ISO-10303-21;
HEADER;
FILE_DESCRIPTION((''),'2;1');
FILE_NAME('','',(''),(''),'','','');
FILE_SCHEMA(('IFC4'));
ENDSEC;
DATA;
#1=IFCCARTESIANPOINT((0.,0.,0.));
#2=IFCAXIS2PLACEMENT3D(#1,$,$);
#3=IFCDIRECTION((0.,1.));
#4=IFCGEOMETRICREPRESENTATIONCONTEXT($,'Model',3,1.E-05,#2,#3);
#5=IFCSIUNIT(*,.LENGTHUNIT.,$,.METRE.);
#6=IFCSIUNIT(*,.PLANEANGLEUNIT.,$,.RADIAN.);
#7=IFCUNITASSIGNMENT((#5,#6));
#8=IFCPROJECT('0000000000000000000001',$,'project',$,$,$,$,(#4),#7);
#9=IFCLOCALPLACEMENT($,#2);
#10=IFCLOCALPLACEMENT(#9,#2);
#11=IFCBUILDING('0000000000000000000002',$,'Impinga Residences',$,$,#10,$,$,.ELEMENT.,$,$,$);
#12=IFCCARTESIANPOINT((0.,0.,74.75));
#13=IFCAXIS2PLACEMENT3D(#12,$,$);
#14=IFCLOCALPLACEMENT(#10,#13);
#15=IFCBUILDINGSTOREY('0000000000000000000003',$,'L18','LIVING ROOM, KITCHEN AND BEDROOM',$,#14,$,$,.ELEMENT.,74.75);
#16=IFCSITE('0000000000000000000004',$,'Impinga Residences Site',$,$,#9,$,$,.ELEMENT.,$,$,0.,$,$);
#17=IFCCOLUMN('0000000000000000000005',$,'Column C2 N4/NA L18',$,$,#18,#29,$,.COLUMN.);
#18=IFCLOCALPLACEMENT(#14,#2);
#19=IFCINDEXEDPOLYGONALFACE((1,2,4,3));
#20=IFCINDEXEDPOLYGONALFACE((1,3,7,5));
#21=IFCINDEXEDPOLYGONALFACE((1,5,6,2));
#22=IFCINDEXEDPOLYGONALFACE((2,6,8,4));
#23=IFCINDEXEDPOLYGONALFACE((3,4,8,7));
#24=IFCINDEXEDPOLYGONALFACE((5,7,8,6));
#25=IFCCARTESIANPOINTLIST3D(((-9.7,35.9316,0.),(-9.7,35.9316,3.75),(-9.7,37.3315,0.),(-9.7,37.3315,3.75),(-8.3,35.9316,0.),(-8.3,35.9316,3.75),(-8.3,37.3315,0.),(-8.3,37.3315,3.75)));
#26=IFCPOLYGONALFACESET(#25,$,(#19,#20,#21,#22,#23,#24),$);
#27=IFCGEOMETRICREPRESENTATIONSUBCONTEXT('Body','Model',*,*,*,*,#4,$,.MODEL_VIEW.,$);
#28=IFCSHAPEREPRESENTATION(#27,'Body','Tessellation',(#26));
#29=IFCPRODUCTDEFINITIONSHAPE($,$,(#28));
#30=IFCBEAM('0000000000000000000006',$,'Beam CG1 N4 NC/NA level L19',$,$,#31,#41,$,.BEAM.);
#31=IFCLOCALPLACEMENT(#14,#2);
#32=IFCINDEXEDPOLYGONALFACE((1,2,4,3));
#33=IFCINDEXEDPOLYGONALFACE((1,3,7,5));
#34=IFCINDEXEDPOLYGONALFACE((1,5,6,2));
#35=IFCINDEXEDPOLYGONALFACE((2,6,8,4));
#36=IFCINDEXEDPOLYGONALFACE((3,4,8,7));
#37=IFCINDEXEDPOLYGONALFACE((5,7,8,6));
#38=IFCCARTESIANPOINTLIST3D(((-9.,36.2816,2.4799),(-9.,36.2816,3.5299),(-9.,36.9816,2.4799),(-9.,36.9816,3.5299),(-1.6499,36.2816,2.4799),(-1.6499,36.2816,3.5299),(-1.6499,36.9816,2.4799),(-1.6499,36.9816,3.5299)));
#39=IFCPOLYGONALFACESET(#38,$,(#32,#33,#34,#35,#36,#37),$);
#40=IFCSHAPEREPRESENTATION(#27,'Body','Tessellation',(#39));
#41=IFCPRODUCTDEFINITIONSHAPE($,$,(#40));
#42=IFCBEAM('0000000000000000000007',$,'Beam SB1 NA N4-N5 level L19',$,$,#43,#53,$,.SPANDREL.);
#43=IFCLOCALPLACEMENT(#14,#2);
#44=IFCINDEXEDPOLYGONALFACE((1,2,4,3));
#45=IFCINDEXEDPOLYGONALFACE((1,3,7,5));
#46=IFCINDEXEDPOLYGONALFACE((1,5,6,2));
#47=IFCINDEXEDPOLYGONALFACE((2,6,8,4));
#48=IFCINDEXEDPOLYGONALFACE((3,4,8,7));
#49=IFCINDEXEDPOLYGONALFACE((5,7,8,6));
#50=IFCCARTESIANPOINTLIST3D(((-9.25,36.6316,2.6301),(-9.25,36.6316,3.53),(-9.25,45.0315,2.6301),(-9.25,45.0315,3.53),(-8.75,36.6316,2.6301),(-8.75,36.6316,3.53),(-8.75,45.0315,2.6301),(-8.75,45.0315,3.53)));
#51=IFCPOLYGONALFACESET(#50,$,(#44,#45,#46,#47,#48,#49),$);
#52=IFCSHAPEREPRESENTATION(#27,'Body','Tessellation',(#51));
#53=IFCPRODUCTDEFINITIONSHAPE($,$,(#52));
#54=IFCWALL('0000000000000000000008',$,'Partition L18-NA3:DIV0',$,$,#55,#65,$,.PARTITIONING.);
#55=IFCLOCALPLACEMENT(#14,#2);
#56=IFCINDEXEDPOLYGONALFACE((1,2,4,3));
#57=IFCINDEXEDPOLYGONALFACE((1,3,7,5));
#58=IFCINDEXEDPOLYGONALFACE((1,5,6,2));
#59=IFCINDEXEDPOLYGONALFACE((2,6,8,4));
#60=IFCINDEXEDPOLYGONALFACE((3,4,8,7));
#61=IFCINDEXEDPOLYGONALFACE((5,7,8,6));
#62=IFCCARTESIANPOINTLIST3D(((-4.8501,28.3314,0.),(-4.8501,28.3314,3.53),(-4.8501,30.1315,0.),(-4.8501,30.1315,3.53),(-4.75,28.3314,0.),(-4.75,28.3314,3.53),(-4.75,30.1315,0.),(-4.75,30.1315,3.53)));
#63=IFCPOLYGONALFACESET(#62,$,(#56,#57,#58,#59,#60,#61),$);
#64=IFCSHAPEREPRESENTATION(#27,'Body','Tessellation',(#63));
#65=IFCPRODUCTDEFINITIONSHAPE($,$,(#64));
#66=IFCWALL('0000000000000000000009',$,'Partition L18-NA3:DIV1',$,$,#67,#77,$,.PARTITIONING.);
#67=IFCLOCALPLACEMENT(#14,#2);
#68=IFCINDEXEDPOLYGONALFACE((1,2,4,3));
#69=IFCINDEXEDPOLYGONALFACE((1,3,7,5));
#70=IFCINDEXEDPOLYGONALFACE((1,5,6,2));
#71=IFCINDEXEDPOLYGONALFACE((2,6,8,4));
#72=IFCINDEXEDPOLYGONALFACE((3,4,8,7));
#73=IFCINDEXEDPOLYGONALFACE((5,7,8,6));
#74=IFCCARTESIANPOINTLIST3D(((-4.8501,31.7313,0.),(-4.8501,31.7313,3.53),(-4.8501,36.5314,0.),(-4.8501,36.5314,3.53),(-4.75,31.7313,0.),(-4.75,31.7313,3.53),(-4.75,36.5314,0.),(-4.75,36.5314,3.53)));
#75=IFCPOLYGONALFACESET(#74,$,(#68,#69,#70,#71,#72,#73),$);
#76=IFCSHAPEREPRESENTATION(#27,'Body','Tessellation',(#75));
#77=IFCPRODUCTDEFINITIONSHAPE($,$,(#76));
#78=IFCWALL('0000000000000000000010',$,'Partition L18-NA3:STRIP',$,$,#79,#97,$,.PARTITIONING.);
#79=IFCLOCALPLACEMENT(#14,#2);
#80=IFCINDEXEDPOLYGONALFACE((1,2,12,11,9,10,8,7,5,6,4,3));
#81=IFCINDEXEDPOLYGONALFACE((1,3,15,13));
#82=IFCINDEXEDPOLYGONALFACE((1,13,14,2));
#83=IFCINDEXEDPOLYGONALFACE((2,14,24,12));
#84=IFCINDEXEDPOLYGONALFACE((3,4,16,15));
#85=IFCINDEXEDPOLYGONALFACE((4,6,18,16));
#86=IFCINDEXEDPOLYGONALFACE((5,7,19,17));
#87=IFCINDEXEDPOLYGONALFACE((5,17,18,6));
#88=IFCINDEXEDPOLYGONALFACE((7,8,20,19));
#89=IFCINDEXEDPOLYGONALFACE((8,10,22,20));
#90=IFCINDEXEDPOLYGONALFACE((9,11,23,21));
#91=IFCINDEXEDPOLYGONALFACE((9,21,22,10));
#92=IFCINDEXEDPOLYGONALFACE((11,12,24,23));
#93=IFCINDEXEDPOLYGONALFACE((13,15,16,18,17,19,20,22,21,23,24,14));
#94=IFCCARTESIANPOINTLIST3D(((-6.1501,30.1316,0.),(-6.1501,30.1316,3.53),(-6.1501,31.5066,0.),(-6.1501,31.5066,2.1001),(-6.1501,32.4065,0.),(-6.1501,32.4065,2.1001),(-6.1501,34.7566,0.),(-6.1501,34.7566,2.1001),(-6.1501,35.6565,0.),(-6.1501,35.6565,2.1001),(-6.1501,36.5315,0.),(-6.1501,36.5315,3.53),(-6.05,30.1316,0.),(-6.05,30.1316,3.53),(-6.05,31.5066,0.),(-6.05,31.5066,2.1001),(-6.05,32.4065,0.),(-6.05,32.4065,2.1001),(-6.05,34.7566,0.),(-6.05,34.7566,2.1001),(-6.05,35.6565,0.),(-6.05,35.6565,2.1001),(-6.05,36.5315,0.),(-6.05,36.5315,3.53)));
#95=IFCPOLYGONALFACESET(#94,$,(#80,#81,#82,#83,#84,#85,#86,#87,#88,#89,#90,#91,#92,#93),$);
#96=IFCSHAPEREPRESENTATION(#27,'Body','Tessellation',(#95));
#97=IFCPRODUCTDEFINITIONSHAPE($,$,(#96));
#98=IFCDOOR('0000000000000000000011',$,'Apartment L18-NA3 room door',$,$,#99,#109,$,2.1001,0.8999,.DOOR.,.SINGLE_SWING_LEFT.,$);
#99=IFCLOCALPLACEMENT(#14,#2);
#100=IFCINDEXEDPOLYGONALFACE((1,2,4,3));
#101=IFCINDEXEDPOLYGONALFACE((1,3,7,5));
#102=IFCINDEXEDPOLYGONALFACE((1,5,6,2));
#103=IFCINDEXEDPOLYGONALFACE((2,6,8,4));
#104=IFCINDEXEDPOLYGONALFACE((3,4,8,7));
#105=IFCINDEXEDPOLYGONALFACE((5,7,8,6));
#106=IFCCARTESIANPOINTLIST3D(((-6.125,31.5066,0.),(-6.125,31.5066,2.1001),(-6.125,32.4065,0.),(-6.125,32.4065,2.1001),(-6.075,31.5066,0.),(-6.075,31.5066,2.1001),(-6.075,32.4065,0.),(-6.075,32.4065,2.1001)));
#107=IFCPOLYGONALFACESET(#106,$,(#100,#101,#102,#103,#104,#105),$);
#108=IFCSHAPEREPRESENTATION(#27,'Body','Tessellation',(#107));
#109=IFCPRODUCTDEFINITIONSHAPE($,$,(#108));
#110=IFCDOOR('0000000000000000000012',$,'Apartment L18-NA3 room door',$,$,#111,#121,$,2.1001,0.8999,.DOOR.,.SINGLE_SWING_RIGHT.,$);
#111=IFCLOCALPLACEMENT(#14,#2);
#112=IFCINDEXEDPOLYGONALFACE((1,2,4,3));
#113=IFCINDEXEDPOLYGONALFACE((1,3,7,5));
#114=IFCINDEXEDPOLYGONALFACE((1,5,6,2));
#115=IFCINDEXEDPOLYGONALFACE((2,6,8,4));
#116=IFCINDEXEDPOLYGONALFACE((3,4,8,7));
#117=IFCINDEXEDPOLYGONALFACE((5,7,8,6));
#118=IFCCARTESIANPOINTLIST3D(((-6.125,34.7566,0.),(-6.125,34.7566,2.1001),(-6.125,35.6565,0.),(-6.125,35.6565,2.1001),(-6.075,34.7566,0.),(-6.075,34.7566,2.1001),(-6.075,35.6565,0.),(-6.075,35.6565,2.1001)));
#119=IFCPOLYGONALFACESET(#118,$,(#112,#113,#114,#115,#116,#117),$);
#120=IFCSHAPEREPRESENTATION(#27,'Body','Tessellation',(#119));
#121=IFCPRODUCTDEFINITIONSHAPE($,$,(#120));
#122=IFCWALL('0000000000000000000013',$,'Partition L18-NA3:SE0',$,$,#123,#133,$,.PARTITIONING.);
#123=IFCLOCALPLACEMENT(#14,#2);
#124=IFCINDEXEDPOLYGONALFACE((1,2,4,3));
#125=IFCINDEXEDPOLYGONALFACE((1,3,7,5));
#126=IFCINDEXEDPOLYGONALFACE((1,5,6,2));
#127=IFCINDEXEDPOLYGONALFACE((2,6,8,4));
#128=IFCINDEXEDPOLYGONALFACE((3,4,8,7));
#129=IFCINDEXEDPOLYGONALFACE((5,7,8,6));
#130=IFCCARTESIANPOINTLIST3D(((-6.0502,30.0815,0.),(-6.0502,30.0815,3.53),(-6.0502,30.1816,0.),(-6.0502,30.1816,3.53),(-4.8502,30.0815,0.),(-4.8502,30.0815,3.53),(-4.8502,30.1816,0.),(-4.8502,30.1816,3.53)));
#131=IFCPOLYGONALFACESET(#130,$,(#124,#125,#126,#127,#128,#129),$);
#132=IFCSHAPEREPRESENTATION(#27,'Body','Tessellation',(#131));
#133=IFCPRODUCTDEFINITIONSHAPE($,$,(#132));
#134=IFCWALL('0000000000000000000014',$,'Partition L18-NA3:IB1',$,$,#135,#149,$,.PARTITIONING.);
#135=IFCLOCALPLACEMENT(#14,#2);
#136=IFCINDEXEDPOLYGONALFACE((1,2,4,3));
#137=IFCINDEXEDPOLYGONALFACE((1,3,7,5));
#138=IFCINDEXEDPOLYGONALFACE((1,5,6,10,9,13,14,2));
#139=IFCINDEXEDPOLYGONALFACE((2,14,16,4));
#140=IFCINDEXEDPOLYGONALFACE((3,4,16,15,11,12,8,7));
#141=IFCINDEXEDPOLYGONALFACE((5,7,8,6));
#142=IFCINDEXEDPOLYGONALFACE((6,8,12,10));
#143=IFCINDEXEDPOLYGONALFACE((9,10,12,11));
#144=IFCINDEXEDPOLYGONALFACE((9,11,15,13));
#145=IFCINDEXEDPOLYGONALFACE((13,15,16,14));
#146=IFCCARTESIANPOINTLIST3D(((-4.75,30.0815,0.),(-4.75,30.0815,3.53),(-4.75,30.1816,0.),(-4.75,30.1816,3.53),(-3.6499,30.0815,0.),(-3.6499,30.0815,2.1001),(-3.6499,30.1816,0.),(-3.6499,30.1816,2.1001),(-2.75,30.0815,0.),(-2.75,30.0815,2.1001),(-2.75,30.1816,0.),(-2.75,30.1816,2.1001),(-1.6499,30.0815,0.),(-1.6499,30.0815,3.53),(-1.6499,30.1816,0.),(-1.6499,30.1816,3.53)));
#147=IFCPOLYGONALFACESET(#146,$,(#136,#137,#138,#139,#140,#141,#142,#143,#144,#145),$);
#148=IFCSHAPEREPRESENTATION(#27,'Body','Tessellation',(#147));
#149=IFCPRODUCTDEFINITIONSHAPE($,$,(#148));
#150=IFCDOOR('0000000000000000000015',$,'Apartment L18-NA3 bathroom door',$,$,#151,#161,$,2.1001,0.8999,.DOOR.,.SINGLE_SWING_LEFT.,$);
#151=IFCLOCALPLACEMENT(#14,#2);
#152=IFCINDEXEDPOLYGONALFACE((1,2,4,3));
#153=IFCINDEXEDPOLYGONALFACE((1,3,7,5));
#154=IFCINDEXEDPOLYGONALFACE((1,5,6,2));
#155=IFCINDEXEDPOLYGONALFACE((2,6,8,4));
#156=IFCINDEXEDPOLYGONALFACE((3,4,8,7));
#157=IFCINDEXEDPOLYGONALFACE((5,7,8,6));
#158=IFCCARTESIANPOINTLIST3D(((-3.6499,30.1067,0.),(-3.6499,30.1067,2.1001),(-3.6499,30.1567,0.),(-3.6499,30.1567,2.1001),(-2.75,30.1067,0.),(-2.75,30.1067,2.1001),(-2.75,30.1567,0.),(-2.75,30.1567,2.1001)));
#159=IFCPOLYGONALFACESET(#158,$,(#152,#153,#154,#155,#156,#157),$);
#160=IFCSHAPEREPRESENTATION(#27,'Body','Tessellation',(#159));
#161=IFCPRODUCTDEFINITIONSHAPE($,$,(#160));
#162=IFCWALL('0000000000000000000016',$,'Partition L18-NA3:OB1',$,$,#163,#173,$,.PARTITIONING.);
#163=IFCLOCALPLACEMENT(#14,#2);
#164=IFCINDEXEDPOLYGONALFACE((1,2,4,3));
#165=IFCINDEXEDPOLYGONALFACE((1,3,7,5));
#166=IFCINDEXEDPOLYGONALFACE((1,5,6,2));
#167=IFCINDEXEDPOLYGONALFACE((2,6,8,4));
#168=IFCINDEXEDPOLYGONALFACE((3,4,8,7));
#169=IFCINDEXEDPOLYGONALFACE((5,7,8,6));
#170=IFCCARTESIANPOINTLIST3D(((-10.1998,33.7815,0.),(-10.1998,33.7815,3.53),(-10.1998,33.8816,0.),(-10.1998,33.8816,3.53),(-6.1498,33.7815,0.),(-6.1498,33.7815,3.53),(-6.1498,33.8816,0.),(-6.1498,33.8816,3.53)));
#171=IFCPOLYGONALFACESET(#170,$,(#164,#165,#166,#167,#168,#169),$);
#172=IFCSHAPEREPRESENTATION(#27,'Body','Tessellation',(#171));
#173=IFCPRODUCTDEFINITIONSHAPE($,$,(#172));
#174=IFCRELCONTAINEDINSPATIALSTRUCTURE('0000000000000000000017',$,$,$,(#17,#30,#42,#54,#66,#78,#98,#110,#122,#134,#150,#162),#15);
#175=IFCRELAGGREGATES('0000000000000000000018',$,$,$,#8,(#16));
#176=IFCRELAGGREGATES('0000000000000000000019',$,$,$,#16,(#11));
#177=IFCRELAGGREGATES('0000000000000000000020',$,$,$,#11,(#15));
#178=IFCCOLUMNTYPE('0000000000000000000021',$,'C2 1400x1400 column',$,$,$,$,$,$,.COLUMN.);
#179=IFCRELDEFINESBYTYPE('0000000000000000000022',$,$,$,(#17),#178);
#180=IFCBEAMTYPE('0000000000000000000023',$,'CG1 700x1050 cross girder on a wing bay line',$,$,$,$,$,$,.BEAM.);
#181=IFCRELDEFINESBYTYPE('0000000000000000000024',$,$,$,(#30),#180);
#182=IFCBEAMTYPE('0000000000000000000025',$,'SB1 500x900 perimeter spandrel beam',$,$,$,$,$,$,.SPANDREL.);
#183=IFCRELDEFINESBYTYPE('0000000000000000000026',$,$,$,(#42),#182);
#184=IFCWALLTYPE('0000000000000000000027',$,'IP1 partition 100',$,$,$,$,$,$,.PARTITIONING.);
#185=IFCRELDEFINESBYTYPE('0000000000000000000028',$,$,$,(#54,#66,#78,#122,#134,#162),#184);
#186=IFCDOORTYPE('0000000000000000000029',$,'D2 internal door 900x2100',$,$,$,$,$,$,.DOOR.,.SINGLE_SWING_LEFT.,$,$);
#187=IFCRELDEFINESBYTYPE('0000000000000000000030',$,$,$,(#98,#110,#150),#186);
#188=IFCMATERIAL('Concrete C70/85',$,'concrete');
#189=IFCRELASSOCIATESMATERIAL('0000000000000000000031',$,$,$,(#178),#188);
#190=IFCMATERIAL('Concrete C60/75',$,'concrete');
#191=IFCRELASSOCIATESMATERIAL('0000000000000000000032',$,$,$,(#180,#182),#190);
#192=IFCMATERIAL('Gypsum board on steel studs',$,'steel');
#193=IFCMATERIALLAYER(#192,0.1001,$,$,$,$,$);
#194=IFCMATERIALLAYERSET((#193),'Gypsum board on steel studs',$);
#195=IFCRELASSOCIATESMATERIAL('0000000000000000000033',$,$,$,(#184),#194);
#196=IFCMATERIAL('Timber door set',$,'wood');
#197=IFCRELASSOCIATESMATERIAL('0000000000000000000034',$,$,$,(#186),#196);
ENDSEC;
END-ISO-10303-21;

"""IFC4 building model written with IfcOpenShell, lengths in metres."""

from ifc_helpers import new_model, si_unit, direction, frame, frame_2d, origin, origin_2d, place, context, subcontext, project, spatial, rectangle, extrude, material, layer, layer_set, material_profile, profile_set, type_object, element, fill, save


model = new_model("IFC4")

# Units and contexts
model_context = context("Model", 3, precision=1e-05, world=origin(), true_north=direction((0.0, 1.0)))
body_context = subcontext(model_context, "Body", "Model", "MODEL_VIEW")
ifc_project = project(units=[si_unit("LENGTHUNIT", "METRE"), si_unit("PLANEANGLEUNIT", "RADIAN")], contexts=[model_context])

# Site, building, storey
site_placement = place(None, origin())
site = spatial("IfcSite", under=ifc_project, at=site_placement, Name="Impinga Residences Site", CompositionType="ELEMENT", RefElevation=0.0)
building_placement = place(site_placement, origin())
building = spatial("IfcBuilding", under=site, at=building_placement, Name="Impinga Residences", CompositionType="ELEMENT")
storey_placement = place(building_placement, frame((0.0, 0.0, 74.75)))
storey = spatial("IfcBuildingStorey", under=building, at=storey_placement, Name="L18", Description="LIVING ROOM, KITCHEN AND BEDROOM", CompositionType="ELEMENT", Elevation=74.75)

# Column
ifc_material_1 = material(Name="Concrete C70/85", Category="concrete")
ifc_material_profile_1 = material_profile(ifc_material_1, rectangle(XDim=1.3999, YDim=1.3999, at=origin_2d()), Name="RC 1400x1400")
ifc_profile_set_1 = profile_set([ifc_material_profile_1], Name="Concrete C70/85")
column_type = type_object("IfcColumnType", Name="C2 1400x1400 column", PredefinedType="COLUMN", material=ifc_profile_set_1)
column_placement = place(storey_placement, frame((-9.0, 36.6316, 0.0), z_axis=(0.0, 0.0, 1.0), x_axis=(1.0, 0.0, 0.0)))
element("IfcColumn", 1, at=column_placement, inside=storey, type_object=column_type, Name="Column C2 N4/NA L18", PredefinedType="COLUMN", context=body_context, shape_type="SweptSolid", body=[
    extrude(rectangle(XDim=1.3999, YDim=1.3999, at=origin_2d()), origin(), (0.0, 0.0, 1.0), 3.75),
])

# Beams
ifc_material_2 = material(Name="Concrete C60/75", Category="concrete")
ifc_material_profile_2 = material_profile(ifc_material_2, rectangle(XDim=0.7, YDim=1.05, at=origin_2d()), Name="RC 700x1050")
ifc_profile_set_2 = profile_set([ifc_material_profile_2], Name="Concrete C60/75")
beam_type_1 = type_object("IfcBeamType", Name="CG1 700x1050 cross girder on a wing bay line", PredefinedType="BEAM", material=ifc_profile_set_2)
beam_1_placement = place(storey_placement, frame((-1.6499, 36.6316, 3.0049), z_axis=(-1.0, 0.0, 0.0), x_axis=(0.0, -1.0, 0.0)))
element("IfcBeam", 2, at=beam_1_placement, inside=storey, type_object=beam_type_1, Name="Beam CG1 N4 NC/NA level L19", PredefinedType="BEAM", context=body_context, shape_type="SweptSolid", body=[
    extrude(rectangle(XDim=0.7, YDim=1.05, at=origin_2d()), origin(), (0.0, 0.0, 1.0), 7.3501),
])
ifc_material_profile_3 = material_profile(ifc_material_2, rectangle(XDim=0.5, YDim=0.8999, at=origin_2d()), Name="RC 500x900")
ifc_profile_set_3 = profile_set([ifc_material_profile_3], Name="Concrete C60/75")
beam_type_2 = type_object("IfcBeamType", Name="SB1 500x900 perimeter spandrel beam", PredefinedType="SPANDREL", material=ifc_profile_set_3)
beam_2_placement = place(storey_placement, frame((-9.0, 36.6316, 3.0801), z_axis=(0.0, 1.0, 0.0), x_axis=(-1.0, 0.0, 0.0)))
element("IfcBeam", 3, at=beam_2_placement, inside=storey, type_object=beam_type_2, Name="Beam SB1 NA N4-N5 level L19", PredefinedType="SPANDREL", context=body_context, shape_type="SweptSolid", body=[
    extrude(rectangle(XDim=0.5, YDim=0.8999, at=origin_2d()), origin(), (0.0, 0.0, 1.0), 8.3999),
])

# Walls
ifc_material_3 = material(Name="Gypsum board on steel studs", Category="steel")
ifc_layer_1 = layer(ifc_material_3, 0.1001)
ifc_layer_set_1 = layer_set([ifc_layer_1], Name="Gypsum board on steel studs")
wall_type_1 = type_object("IfcWallType", Name="IP1 partition 100", PredefinedType="PARTITIONING", material=ifc_layer_set_1)
wall_1_placement = place(storey_placement, frame((-4.8, 28.3315, 0.0), z_axis=(0.0, 0.0, 1.0), x_axis=(0.0, 1.0, 0.0)))
element("IfcWall", 4, at=wall_1_placement, inside=storey, type_object=wall_type_1, Name="Partition L18-NA3:DIV0", PredefinedType="PARTITIONING", context=body_context, shape_type="SweptSolid", body=[
    extrude(rectangle(XDim=1.8, YDim=0.1001, at=frame_2d((0.8999, 0.0))), origin(), (0.0, 0.0, 1.0), 3.53),
])
wall_2_placement = place(storey_placement, frame((-4.8, 31.7314, 0.0), z_axis=(0.0, 0.0, 1.0), x_axis=(0.0, 1.0, 0.0)))
element("IfcWall", 5, at=wall_2_placement, inside=storey, type_object=wall_type_1, Name="Partition L18-NA3:DIV1", PredefinedType="PARTITIONING", context=body_context, shape_type="SweptSolid", body=[
    extrude(rectangle(XDim=4.8, YDim=0.1001, at=frame_2d((2.3999, 0.0))), origin(), (0.0, 0.0, 1.0), 3.53),
])

# Wall, openings, doors
wall_3_placement = place(storey_placement, frame((-6.1001, 30.1316, 0.0), z_axis=(0.0, 0.0, 1.0), x_axis=(0.0, 1.0, 0.0)))
wall_3 = element("IfcWall", 6, at=wall_3_placement, inside=storey, type_object=wall_type_1, Name="Partition L18-NA3:STRIP", PredefinedType="PARTITIONING", context=body_context, shape_type="SweptSolid", body=[
    extrude(rectangle(XDim=6.3999, YDim=0.1001, at=frame_2d((3.2, 0.0))), origin(), (0.0, 0.0, 1.0), 3.53),
])
opening_1_placement = place(wall_3_placement, frame((1.375, 0.0, 0.0)))
opening_1 = element("IfcOpeningElement", 7, at=opening_1_placement, cuts=wall_3, PredefinedType="OPENING", context=body_context, shape_type="SweptSolid", body=[
    extrude(rectangle(XDim=0.8999, YDim=2.1001, at=frame_2d((0.45, 1.05))), frame((0.0, 0.0601, 0.0), z_axis=(0.0, -1.0, 0.0), x_axis=(1.0, 0.0, 0.0)), (0.0, 0.0, 1.0), 0.1201),
])
opening_2_placement = place(wall_3_placement, frame((4.625, 0.0, 0.0)))
opening_2 = element("IfcOpeningElement", 8, at=opening_2_placement, cuts=wall_3, PredefinedType="OPENING", context=body_context, shape_type="SweptSolid", body=[
    extrude(rectangle(XDim=0.8999, YDim=2.1001, at=frame_2d((0.45, 1.05))), frame((0.0, 0.0601, 0.0), z_axis=(0.0, -1.0, 0.0), x_axis=(1.0, 0.0, 0.0)), (0.0, 0.0, 1.0), 0.1201),
])
ifc_material_4 = material(Name="Timber door set", Category="wood")
door_type = type_object("IfcDoorType", Name="D2 internal door 900x2100", OperationType="SINGLE_SWING_LEFT", PredefinedType="DOOR", material=ifc_material_4)
door_1_placement = place(opening_1_placement, origin())
door_1 = element("IfcDoor", 9, at=door_1_placement, inside=storey, type_object=door_type, Name="Apartment L18-NA3 room door", OperationType="SINGLE_SWING_LEFT", OverallHeight=2.1001, OverallWidth=0.8999, PredefinedType="DOOR", context=body_context, shape_type="SweptSolid", body=[
    extrude(rectangle(XDim=0.8999, YDim=2.1001, at=frame_2d((0.45, 1.05))), frame((0.0, 0.0249, 0.0), z_axis=(0.0, -1.0, 0.0), x_axis=(1.0, 0.0, 0.0)), (0.0, 0.0, 1.0), 0.05),
])
fill(opening_1, door_1)
door_2_placement = place(opening_2_placement, origin())
door_2 = element("IfcDoor", 10, at=door_2_placement, inside=storey, type_object=door_type, Name="Apartment L18-NA3 room door", OperationType="SINGLE_SWING_RIGHT", OverallHeight=2.1001, OverallWidth=0.8999, PredefinedType="DOOR", context=body_context, shape_type="SweptSolid", body=[
    extrude(rectangle(XDim=0.8999, YDim=2.1001, at=frame_2d((0.45, 1.05))), frame((0.0, 0.0249, 0.0), z_axis=(0.0, -1.0, 0.0), x_axis=(1.0, 0.0, 0.0)), (0.0, 0.0, 1.0), 0.05),
])
fill(opening_2, door_2)

# Wall
wall_4_placement = place(storey_placement, frame((-4.8501, 30.1316, 0.0), z_axis=(0.0, 0.0, 1.0), x_axis=(-1.0, 0.0, 0.0)))
element("IfcWall", 11, at=wall_4_placement, inside=storey, type_object=wall_type_1, Name="Partition L18-NA3:SE0", PredefinedType="PARTITIONING", context=body_context, shape_type="SweptSolid", body=[
    extrude(rectangle(XDim=1.2, YDim=0.1001, at=frame_2d((0.6001, 0.0))), origin(), (0.0, 0.0, 1.0), 3.53),
])

# Wall, opening, door
wall_5_placement = place(storey_placement, frame((-1.6499, 30.1316, 0.0), z_axis=(0.0, 0.0, 1.0), x_axis=(-1.0, 0.0, 0.0)))
wall_5 = element("IfcWall", 12, at=wall_5_placement, inside=storey, type_object=wall_type_1, Name="Partition L18-NA3:IB1", PredefinedType="PARTITIONING", context=body_context, shape_type="SweptSolid", body=[
    extrude(rectangle(XDim=3.1001, YDim=0.1001, at=frame_2d((1.55, 0.0))), origin(), (0.0, 0.0, 1.0), 3.53),
])
opening_3_placement = place(wall_5_placement, frame((1.1001, 0.0, 0.0)))
opening_3 = element("IfcOpeningElement", 13, at=opening_3_placement, cuts=wall_5, PredefinedType="OPENING", context=body_context, shape_type="SweptSolid", body=[
    extrude(rectangle(XDim=0.8999, YDim=2.1001, at=frame_2d((0.45, 1.05))), frame((0.0, 0.0601, 0.0), z_axis=(0.0, -1.0, 0.0), x_axis=(1.0, 0.0, 0.0)), (0.0, 0.0, 1.0), 0.1201),
])
door_3_placement = place(opening_3_placement, origin())
door_3 = element("IfcDoor", 14, at=door_3_placement, inside=storey, type_object=door_type, Name="Apartment L18-NA3 bathroom door", OperationType="SINGLE_SWING_LEFT", OverallHeight=2.1001, OverallWidth=0.8999, PredefinedType="DOOR", context=body_context, shape_type="SweptSolid", body=[
    extrude(rectangle(XDim=0.8999, YDim=2.1001, at=frame_2d((0.45, 1.05))), frame((0.0, 0.0249, 0.0), z_axis=(0.0, -1.0, 0.0), x_axis=(1.0, 0.0, 0.0)), (0.0, 0.0, 1.0), 0.05),
])
fill(opening_3, door_3)

# Wall
wall_6_placement = place(storey_placement, frame((-6.1499, 33.8315, 0.0), z_axis=(0.0, 0.0, 1.0), x_axis=(-1.0, 0.0, 0.0)))
element("IfcWall", 15, at=wall_6_placement, inside=storey, type_object=wall_type_1, Name="Partition L18-NA3:OB1", PredefinedType="PARTITIONING", context=body_context, shape_type="SweptSolid", body=[
    extrude(rectangle(XDim=4.05, YDim=0.1001, at=frame_2d((2.0249, 0.0))), origin(), (0.0, 0.0, 1.0), 3.53),
])

save(model, "model.ifc")
